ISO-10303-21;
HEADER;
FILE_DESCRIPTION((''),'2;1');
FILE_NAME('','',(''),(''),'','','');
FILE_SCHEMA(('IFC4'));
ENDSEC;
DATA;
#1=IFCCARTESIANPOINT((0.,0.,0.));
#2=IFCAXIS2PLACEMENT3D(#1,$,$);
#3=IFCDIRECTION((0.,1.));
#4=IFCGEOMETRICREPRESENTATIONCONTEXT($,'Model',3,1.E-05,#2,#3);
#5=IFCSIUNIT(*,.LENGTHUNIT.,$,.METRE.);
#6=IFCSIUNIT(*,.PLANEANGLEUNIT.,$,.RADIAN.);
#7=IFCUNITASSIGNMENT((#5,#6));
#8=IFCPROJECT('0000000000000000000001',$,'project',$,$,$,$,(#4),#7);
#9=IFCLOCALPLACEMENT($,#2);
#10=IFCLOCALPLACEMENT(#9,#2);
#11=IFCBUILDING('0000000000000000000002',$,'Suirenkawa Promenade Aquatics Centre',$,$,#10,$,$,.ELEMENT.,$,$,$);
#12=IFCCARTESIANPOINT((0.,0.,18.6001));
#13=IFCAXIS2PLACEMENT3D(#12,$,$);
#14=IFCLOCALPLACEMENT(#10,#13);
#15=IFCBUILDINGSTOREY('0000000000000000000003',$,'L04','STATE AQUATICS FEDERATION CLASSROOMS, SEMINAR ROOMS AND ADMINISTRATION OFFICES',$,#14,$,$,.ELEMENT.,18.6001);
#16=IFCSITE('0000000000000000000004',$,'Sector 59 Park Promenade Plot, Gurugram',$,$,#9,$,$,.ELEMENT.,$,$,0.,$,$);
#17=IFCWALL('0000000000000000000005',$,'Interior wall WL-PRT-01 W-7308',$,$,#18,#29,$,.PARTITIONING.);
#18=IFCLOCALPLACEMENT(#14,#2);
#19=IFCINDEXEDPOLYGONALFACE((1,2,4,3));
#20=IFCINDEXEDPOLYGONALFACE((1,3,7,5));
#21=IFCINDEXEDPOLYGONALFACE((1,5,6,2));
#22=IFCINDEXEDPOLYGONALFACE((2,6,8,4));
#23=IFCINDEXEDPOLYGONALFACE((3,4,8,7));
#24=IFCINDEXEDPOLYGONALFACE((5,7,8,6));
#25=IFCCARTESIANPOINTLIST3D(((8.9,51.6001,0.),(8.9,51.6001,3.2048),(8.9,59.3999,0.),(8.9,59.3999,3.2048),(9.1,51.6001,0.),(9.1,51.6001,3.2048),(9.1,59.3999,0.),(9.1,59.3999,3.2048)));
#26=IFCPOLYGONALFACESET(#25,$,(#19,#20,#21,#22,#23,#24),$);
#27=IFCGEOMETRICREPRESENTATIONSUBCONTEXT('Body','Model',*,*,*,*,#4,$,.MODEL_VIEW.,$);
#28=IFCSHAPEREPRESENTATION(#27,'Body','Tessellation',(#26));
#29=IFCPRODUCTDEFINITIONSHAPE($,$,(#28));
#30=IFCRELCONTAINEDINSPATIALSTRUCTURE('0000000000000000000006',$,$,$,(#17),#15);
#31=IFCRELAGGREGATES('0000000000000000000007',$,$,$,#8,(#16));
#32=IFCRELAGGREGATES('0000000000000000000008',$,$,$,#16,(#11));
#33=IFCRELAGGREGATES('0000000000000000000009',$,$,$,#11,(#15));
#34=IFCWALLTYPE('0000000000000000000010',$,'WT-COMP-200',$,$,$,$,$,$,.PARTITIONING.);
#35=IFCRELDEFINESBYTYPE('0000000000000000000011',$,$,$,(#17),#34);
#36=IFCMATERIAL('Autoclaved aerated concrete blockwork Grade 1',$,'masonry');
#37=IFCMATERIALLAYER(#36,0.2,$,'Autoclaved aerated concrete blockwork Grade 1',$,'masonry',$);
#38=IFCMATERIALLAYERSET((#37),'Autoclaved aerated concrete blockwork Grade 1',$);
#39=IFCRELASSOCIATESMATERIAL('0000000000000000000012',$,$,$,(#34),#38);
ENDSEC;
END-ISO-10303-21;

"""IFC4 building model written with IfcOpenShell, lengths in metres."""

from ifc_helpers import new_model, si_unit, direction, frame, frame_2d, origin, place, context, subcontext, project, spatial, rectangle, extrude, material, layer, layer_set, type_object, element, save


model = new_model("IFC4")

# Units and contexts
model_context = context("Model", 3, precision=1e-05, world=origin(), true_north=direction((0.0, 1.0)))
body_context = subcontext(model_context, "Body", "Model", "MODEL_VIEW")
ifc_project = project(units=[si_unit("LENGTHUNIT", "METRE"), si_unit("PLANEANGLEUNIT", "RADIAN")], contexts=[model_context])

# Site, building, storey
site_placement = place(None, origin())
site = spatial("IfcSite", under=ifc_project, at=site_placement, Name="Sector 59 Park Promenade Plot, Gurugram", CompositionType="ELEMENT", RefElevation=0.0)
building_placement = place(site_placement, origin())
building = spatial("IfcBuilding", under=site, at=building_placement, Name="Suirenkawa Promenade Aquatics Centre", CompositionType="ELEMENT")
storey_placement = place(building_placement, frame((0.0, 0.0, 18.6001)))
storey = spatial("IfcBuildingStorey", under=building, at=storey_placement, Name="L04", Description="STATE AQUATICS FEDERATION CLASSROOMS, SEMINAR ROOMS AND ADMINISTRATION OFFICES", CompositionType="ELEMENT", Elevation=18.6001)

# Shared definitions
ifc_material_1 = material(Name="Autoclaved aerated concrete blockwork Grade 1", Category="masonry")
ifc_layer = layer(ifc_material_1, 0.2, Name="Autoclaved aerated concrete blockwork Grade 1", Category="masonry")
ifc_layer_set = layer_set([ifc_layer], Name="Autoclaved aerated concrete blockwork Grade 1")
wall_type = type_object("IfcWallType", Name="WT-COMP-200", PredefinedType="PARTITIONING", material=ifc_layer_set)

# Wall
wall_1_placement = place(storey_placement, frame((9.0, 51.6001, 0.0), z_axis=(0.0, 0.0, 1.0), x_axis=(0.0, 1.0, 0.0)))
element("IfcWall", 1, at=wall_1_placement, inside=storey, type_object=wall_type, Name="Interior wall WL-PRT-01 W-7308", PredefinedType="PARTITIONING", context=body_context, shape_type="SweptSolid", body=[
    extrude(rectangle(XDim=7.7998, YDim=0.2, at=frame_2d((3.8999, 0.0))), origin(), (0.0, 0.0, 1.0), 3.2048),
])

save(model, "model.ifc")
